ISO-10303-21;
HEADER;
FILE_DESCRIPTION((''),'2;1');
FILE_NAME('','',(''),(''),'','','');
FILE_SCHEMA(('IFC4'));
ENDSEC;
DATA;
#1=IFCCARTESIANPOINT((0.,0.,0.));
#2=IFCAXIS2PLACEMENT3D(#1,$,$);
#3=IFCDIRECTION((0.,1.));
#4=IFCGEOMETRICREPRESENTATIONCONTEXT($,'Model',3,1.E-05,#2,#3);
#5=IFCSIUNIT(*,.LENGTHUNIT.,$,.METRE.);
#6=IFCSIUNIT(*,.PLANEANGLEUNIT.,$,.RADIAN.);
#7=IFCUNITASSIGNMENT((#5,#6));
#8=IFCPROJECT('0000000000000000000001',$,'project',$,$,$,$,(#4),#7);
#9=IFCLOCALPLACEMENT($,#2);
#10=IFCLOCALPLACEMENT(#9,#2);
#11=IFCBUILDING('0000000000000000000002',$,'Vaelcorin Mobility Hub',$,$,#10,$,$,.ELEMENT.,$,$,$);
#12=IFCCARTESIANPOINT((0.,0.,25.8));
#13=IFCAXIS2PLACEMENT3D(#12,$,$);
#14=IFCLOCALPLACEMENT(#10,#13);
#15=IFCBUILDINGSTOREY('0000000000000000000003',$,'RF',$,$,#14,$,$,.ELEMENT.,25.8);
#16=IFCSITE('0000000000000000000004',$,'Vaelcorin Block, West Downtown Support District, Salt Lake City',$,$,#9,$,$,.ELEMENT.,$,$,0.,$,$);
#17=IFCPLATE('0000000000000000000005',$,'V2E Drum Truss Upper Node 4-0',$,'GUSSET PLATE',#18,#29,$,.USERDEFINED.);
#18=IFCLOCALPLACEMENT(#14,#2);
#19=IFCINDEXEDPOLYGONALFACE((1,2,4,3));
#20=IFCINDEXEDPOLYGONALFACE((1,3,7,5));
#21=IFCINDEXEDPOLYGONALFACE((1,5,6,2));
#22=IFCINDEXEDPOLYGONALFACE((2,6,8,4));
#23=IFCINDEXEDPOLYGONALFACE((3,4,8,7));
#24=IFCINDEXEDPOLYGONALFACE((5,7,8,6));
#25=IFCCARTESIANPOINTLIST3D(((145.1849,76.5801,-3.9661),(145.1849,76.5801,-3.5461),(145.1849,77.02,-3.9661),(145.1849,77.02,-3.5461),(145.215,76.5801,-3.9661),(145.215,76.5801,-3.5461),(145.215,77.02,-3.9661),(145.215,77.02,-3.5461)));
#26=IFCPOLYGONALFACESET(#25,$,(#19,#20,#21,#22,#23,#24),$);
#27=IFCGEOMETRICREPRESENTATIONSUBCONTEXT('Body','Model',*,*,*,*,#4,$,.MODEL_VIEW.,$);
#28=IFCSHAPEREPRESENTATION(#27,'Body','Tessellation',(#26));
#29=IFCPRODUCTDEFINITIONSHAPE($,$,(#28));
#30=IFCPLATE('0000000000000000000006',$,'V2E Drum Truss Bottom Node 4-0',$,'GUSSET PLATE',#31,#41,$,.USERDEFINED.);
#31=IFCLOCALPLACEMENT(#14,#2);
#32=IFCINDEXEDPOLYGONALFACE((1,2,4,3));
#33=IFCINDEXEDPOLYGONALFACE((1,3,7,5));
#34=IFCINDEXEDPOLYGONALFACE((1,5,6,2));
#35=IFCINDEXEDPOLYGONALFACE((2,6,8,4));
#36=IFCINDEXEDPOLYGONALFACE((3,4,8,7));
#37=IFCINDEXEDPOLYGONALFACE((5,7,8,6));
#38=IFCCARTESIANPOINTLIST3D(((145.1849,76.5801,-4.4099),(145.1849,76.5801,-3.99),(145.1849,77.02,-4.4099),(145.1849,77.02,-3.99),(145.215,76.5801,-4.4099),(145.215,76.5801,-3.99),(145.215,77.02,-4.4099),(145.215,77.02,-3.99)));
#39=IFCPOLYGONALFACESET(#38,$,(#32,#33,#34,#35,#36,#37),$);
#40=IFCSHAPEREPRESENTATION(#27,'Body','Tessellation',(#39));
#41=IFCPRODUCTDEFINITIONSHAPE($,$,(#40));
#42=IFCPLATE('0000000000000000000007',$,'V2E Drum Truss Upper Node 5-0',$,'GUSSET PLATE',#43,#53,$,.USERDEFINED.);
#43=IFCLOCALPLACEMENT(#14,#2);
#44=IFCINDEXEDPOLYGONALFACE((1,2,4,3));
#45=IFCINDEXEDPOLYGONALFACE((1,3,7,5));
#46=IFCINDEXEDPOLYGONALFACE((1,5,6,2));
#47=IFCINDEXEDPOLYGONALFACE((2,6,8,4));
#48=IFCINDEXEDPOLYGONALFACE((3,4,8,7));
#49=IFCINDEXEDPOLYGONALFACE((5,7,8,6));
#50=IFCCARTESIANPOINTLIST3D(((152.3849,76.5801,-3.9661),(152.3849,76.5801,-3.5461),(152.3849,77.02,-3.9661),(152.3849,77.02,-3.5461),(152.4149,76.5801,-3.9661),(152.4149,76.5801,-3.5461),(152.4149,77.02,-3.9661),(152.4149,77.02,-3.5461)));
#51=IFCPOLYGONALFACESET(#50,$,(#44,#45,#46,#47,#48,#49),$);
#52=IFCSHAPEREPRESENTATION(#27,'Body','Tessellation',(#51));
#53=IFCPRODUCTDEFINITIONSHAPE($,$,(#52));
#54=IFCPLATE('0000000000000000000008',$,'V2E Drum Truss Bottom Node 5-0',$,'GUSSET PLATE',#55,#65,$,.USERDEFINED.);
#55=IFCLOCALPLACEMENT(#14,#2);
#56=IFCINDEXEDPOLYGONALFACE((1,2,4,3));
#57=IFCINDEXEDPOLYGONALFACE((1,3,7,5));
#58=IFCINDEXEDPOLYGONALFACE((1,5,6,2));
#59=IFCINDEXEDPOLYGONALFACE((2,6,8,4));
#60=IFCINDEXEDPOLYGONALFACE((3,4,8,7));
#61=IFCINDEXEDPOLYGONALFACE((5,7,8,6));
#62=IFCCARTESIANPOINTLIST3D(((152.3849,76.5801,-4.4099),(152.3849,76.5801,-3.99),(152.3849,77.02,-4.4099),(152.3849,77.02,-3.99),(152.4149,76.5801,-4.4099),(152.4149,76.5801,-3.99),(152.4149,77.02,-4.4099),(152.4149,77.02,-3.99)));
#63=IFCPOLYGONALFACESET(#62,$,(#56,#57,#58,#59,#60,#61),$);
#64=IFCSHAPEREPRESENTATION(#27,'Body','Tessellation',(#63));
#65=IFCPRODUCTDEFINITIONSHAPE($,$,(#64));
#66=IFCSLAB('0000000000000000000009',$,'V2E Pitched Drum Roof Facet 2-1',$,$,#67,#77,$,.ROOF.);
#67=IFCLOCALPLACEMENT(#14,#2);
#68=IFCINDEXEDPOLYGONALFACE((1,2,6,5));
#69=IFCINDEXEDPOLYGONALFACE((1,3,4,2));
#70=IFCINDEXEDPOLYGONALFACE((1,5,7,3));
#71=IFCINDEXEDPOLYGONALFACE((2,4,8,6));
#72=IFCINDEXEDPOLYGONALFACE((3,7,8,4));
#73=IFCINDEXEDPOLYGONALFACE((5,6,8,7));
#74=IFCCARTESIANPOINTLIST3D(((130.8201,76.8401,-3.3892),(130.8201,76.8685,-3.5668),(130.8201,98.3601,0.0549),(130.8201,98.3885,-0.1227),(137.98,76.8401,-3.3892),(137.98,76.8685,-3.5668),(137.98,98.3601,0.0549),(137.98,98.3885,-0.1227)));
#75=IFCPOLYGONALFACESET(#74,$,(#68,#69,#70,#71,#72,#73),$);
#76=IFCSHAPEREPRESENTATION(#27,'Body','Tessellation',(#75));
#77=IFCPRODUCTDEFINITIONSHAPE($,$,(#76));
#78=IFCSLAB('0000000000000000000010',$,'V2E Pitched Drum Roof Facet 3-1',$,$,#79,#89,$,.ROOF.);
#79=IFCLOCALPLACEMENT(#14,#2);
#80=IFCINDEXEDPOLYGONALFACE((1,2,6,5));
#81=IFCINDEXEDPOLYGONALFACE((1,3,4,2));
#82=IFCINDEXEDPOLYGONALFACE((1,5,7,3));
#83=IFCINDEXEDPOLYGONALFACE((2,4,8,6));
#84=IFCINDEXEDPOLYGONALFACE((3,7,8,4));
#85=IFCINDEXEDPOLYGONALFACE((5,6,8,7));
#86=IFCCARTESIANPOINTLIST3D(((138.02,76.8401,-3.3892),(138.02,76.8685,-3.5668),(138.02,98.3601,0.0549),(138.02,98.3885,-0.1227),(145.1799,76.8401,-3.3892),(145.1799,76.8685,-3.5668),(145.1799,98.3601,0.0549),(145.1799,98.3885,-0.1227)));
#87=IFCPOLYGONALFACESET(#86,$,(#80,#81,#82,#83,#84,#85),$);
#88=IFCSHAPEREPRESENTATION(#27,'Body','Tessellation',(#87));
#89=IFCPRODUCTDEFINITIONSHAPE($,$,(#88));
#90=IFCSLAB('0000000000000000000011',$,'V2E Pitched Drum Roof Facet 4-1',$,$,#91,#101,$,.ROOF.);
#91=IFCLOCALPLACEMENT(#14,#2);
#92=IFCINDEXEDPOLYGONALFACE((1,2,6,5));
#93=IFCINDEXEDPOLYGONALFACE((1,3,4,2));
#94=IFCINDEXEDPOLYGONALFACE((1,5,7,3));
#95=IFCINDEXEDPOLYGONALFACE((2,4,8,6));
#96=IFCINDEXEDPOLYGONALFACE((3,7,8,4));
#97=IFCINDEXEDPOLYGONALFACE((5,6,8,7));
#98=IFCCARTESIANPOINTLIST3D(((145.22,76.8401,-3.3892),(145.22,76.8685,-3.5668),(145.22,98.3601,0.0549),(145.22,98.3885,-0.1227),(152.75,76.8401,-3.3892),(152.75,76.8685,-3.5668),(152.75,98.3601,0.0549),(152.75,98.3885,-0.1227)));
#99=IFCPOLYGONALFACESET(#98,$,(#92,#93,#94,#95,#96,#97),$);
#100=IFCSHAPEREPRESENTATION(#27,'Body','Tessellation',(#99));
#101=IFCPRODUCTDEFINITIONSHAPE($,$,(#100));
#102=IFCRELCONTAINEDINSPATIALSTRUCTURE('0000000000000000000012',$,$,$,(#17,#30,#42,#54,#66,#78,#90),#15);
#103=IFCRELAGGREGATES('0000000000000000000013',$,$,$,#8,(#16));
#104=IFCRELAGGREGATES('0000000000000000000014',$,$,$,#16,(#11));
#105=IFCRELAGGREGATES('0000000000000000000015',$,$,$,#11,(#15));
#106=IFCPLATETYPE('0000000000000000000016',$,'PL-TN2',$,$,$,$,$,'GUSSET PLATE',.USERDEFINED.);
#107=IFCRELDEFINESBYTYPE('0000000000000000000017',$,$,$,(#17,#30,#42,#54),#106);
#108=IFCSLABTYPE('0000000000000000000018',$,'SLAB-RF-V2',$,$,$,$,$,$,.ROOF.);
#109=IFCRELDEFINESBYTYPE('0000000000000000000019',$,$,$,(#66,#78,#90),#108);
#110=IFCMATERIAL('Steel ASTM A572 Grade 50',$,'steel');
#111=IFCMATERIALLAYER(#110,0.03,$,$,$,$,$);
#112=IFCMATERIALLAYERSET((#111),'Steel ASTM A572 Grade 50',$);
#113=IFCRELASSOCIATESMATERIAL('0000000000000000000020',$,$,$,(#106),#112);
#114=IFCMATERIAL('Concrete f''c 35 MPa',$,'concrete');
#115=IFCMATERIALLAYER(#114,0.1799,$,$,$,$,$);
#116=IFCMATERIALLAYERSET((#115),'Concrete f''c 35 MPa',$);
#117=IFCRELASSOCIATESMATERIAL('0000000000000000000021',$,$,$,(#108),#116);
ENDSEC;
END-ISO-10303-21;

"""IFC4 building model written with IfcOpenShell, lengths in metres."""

from ifc_helpers import new_model, si_unit, direction, frame, origin, origin_2d, place, context, subcontext, project, spatial, polyline, rectangle, outline, extrude, material, layer, layer_set, type_object, element, save


model = new_model("IFC4")

# Units and contexts
model_context = context("Model", 3, precision=1e-05, world=origin(), true_north=direction((0.0, 1.0)))
body_context = subcontext(model_context, "Body", "Model", "MODEL_VIEW")
ifc_project = project(units=[si_unit("LENGTHUNIT", "METRE"), si_unit("PLANEANGLEUNIT", "RADIAN")], contexts=[model_context])

# Site, building, storey
site_placement = place(None, origin())
site = spatial("IfcSite", under=ifc_project, at=site_placement, Name="Vaelcorin Block, West Downtown Support District, Salt Lake City", CompositionType="ELEMENT", RefElevation=0.0)
building_placement = place(site_placement, origin())
building = spatial("IfcBuilding", under=site, at=building_placement, Name="Vaelcorin Mobility Hub", CompositionType="ELEMENT")
storey_placement = place(building_placement, frame((0.0, 0.0, 25.8)))
storey = spatial("IfcBuildingStorey", under=building, at=storey_placement, Name="RF", CompositionType="ELEMENT", Elevation=25.8)

# Plates
ifc_material_1 = material(Name="Steel ASTM A572 Grade 50", Category="steel")
ifc_layer_1 = layer(ifc_material_1, 0.03)
ifc_layer_set_1 = layer_set([ifc_layer_1], Name="Steel ASTM A572 Grade 50")
plate_type = type_object("IfcPlateType", Name="PL-TN2", ElementType="GUSSET PLATE", PredefinedType="USERDEFINED", material=ifc_layer_set_1)
for number, where, z_axis, x_axis, name in (
    (1, (145.2, 76.8, -3.9661), (0.0, 0.0, 1.0), (1.0, 0.0, 0.0), "V2E Drum Truss Upper Node 4-0"),
    (2, (145.2, 76.8, -4.4099), (0.0, 0.0, 1.0), (1.0, 0.0, 0.0), "V2E Drum Truss Bottom Node 4-0"),
    (3, (152.3999, 76.8, -3.9661), (0.0, 0.0, 1.0), (1.0, 0.0, 0.0), "V2E Drum Truss Upper Node 5-0"),
    (4, (152.3999, 76.8, -4.4099), (0.0, 0.0, 1.0), (1.0, 0.0, 0.0), "V2E Drum Truss Bottom Node 5-0"),
):
    element("IfcPlate", number, at=place(storey_placement, frame(where, z_axis=z_axis, x_axis=x_axis)), inside=storey, type_object=plate_type, Name=name, ObjectType="GUSSET PLATE", PredefinedType="USERDEFINED", context=body_context, shape_type="SweptSolid", body=[
        extrude(rectangle(XDim=0.03, YDim=0.4399, at=origin_2d()), origin(), (0.0, 0.0, 1.0), 0.4199),
    ])

# Slabs
ifc_material_2 = material(Name="Concrete f'c 35 MPa", Category="concrete")
ifc_layer_2 = layer(ifc_material_2, 0.1799)
ifc_layer_set_2 = layer_set([ifc_layer_2], Name="Concrete f'c 35 MPa")
slab_type = type_object("IfcSlabType", Name="SLAB-RF-V2", PredefinedType="ROOF", material=ifc_layer_set_2)
for number, where, z_axis, x_axis, name in (
    (5, (130.8201, 76.8401, -3.3892), (0.0, -0.15803, 0.987434), (1.0, 0.0, 0.0), "V2E Pitched Drum Roof Facet 2-1"),
    (6, (138.02, 76.8401, -3.3892), (0.0, -0.15803, 0.987434), (1.0, 0.0, 0.0), "V2E Pitched Drum Roof Facet 3-1"),
):
    element("IfcSlab", number, at=place(storey_placement, frame(where, z_axis=z_axis, x_axis=x_axis)), inside=storey, type_object=slab_type, Name=name, PredefinedType="ROOF", context=body_context, shape_type="SweptSolid", body=[
        extrude(outline(polyline([(0.0, 0.0), (7.1599, 0.0), (7.1599, 21.7939), (0.0, 21.7939), (0.0, 0.0)])), origin(), (0.0, 0.0, -1.0), 0.1799),
    ])
slab_placement = place(storey_placement, frame((145.22, 76.8401, -3.3892), z_axis=(0.0, -0.15803, 0.987434), x_axis=(1.0, 0.0, 0.0)))
element("IfcSlab", 7, at=slab_placement, inside=storey, type_object=slab_type, Name="V2E Pitched Drum Roof Facet 4-1", PredefinedType="ROOF", context=body_context, shape_type="SweptSolid", body=[
    extrude(outline(polyline([(0.0, 0.0), (7.53, 0.0), (7.53, 21.7939), (0.0, 21.7939), (0.0, 0.0)])), origin(), (0.0, 0.0, -1.0), 0.1799),
])

save(model, "model.ifc")
